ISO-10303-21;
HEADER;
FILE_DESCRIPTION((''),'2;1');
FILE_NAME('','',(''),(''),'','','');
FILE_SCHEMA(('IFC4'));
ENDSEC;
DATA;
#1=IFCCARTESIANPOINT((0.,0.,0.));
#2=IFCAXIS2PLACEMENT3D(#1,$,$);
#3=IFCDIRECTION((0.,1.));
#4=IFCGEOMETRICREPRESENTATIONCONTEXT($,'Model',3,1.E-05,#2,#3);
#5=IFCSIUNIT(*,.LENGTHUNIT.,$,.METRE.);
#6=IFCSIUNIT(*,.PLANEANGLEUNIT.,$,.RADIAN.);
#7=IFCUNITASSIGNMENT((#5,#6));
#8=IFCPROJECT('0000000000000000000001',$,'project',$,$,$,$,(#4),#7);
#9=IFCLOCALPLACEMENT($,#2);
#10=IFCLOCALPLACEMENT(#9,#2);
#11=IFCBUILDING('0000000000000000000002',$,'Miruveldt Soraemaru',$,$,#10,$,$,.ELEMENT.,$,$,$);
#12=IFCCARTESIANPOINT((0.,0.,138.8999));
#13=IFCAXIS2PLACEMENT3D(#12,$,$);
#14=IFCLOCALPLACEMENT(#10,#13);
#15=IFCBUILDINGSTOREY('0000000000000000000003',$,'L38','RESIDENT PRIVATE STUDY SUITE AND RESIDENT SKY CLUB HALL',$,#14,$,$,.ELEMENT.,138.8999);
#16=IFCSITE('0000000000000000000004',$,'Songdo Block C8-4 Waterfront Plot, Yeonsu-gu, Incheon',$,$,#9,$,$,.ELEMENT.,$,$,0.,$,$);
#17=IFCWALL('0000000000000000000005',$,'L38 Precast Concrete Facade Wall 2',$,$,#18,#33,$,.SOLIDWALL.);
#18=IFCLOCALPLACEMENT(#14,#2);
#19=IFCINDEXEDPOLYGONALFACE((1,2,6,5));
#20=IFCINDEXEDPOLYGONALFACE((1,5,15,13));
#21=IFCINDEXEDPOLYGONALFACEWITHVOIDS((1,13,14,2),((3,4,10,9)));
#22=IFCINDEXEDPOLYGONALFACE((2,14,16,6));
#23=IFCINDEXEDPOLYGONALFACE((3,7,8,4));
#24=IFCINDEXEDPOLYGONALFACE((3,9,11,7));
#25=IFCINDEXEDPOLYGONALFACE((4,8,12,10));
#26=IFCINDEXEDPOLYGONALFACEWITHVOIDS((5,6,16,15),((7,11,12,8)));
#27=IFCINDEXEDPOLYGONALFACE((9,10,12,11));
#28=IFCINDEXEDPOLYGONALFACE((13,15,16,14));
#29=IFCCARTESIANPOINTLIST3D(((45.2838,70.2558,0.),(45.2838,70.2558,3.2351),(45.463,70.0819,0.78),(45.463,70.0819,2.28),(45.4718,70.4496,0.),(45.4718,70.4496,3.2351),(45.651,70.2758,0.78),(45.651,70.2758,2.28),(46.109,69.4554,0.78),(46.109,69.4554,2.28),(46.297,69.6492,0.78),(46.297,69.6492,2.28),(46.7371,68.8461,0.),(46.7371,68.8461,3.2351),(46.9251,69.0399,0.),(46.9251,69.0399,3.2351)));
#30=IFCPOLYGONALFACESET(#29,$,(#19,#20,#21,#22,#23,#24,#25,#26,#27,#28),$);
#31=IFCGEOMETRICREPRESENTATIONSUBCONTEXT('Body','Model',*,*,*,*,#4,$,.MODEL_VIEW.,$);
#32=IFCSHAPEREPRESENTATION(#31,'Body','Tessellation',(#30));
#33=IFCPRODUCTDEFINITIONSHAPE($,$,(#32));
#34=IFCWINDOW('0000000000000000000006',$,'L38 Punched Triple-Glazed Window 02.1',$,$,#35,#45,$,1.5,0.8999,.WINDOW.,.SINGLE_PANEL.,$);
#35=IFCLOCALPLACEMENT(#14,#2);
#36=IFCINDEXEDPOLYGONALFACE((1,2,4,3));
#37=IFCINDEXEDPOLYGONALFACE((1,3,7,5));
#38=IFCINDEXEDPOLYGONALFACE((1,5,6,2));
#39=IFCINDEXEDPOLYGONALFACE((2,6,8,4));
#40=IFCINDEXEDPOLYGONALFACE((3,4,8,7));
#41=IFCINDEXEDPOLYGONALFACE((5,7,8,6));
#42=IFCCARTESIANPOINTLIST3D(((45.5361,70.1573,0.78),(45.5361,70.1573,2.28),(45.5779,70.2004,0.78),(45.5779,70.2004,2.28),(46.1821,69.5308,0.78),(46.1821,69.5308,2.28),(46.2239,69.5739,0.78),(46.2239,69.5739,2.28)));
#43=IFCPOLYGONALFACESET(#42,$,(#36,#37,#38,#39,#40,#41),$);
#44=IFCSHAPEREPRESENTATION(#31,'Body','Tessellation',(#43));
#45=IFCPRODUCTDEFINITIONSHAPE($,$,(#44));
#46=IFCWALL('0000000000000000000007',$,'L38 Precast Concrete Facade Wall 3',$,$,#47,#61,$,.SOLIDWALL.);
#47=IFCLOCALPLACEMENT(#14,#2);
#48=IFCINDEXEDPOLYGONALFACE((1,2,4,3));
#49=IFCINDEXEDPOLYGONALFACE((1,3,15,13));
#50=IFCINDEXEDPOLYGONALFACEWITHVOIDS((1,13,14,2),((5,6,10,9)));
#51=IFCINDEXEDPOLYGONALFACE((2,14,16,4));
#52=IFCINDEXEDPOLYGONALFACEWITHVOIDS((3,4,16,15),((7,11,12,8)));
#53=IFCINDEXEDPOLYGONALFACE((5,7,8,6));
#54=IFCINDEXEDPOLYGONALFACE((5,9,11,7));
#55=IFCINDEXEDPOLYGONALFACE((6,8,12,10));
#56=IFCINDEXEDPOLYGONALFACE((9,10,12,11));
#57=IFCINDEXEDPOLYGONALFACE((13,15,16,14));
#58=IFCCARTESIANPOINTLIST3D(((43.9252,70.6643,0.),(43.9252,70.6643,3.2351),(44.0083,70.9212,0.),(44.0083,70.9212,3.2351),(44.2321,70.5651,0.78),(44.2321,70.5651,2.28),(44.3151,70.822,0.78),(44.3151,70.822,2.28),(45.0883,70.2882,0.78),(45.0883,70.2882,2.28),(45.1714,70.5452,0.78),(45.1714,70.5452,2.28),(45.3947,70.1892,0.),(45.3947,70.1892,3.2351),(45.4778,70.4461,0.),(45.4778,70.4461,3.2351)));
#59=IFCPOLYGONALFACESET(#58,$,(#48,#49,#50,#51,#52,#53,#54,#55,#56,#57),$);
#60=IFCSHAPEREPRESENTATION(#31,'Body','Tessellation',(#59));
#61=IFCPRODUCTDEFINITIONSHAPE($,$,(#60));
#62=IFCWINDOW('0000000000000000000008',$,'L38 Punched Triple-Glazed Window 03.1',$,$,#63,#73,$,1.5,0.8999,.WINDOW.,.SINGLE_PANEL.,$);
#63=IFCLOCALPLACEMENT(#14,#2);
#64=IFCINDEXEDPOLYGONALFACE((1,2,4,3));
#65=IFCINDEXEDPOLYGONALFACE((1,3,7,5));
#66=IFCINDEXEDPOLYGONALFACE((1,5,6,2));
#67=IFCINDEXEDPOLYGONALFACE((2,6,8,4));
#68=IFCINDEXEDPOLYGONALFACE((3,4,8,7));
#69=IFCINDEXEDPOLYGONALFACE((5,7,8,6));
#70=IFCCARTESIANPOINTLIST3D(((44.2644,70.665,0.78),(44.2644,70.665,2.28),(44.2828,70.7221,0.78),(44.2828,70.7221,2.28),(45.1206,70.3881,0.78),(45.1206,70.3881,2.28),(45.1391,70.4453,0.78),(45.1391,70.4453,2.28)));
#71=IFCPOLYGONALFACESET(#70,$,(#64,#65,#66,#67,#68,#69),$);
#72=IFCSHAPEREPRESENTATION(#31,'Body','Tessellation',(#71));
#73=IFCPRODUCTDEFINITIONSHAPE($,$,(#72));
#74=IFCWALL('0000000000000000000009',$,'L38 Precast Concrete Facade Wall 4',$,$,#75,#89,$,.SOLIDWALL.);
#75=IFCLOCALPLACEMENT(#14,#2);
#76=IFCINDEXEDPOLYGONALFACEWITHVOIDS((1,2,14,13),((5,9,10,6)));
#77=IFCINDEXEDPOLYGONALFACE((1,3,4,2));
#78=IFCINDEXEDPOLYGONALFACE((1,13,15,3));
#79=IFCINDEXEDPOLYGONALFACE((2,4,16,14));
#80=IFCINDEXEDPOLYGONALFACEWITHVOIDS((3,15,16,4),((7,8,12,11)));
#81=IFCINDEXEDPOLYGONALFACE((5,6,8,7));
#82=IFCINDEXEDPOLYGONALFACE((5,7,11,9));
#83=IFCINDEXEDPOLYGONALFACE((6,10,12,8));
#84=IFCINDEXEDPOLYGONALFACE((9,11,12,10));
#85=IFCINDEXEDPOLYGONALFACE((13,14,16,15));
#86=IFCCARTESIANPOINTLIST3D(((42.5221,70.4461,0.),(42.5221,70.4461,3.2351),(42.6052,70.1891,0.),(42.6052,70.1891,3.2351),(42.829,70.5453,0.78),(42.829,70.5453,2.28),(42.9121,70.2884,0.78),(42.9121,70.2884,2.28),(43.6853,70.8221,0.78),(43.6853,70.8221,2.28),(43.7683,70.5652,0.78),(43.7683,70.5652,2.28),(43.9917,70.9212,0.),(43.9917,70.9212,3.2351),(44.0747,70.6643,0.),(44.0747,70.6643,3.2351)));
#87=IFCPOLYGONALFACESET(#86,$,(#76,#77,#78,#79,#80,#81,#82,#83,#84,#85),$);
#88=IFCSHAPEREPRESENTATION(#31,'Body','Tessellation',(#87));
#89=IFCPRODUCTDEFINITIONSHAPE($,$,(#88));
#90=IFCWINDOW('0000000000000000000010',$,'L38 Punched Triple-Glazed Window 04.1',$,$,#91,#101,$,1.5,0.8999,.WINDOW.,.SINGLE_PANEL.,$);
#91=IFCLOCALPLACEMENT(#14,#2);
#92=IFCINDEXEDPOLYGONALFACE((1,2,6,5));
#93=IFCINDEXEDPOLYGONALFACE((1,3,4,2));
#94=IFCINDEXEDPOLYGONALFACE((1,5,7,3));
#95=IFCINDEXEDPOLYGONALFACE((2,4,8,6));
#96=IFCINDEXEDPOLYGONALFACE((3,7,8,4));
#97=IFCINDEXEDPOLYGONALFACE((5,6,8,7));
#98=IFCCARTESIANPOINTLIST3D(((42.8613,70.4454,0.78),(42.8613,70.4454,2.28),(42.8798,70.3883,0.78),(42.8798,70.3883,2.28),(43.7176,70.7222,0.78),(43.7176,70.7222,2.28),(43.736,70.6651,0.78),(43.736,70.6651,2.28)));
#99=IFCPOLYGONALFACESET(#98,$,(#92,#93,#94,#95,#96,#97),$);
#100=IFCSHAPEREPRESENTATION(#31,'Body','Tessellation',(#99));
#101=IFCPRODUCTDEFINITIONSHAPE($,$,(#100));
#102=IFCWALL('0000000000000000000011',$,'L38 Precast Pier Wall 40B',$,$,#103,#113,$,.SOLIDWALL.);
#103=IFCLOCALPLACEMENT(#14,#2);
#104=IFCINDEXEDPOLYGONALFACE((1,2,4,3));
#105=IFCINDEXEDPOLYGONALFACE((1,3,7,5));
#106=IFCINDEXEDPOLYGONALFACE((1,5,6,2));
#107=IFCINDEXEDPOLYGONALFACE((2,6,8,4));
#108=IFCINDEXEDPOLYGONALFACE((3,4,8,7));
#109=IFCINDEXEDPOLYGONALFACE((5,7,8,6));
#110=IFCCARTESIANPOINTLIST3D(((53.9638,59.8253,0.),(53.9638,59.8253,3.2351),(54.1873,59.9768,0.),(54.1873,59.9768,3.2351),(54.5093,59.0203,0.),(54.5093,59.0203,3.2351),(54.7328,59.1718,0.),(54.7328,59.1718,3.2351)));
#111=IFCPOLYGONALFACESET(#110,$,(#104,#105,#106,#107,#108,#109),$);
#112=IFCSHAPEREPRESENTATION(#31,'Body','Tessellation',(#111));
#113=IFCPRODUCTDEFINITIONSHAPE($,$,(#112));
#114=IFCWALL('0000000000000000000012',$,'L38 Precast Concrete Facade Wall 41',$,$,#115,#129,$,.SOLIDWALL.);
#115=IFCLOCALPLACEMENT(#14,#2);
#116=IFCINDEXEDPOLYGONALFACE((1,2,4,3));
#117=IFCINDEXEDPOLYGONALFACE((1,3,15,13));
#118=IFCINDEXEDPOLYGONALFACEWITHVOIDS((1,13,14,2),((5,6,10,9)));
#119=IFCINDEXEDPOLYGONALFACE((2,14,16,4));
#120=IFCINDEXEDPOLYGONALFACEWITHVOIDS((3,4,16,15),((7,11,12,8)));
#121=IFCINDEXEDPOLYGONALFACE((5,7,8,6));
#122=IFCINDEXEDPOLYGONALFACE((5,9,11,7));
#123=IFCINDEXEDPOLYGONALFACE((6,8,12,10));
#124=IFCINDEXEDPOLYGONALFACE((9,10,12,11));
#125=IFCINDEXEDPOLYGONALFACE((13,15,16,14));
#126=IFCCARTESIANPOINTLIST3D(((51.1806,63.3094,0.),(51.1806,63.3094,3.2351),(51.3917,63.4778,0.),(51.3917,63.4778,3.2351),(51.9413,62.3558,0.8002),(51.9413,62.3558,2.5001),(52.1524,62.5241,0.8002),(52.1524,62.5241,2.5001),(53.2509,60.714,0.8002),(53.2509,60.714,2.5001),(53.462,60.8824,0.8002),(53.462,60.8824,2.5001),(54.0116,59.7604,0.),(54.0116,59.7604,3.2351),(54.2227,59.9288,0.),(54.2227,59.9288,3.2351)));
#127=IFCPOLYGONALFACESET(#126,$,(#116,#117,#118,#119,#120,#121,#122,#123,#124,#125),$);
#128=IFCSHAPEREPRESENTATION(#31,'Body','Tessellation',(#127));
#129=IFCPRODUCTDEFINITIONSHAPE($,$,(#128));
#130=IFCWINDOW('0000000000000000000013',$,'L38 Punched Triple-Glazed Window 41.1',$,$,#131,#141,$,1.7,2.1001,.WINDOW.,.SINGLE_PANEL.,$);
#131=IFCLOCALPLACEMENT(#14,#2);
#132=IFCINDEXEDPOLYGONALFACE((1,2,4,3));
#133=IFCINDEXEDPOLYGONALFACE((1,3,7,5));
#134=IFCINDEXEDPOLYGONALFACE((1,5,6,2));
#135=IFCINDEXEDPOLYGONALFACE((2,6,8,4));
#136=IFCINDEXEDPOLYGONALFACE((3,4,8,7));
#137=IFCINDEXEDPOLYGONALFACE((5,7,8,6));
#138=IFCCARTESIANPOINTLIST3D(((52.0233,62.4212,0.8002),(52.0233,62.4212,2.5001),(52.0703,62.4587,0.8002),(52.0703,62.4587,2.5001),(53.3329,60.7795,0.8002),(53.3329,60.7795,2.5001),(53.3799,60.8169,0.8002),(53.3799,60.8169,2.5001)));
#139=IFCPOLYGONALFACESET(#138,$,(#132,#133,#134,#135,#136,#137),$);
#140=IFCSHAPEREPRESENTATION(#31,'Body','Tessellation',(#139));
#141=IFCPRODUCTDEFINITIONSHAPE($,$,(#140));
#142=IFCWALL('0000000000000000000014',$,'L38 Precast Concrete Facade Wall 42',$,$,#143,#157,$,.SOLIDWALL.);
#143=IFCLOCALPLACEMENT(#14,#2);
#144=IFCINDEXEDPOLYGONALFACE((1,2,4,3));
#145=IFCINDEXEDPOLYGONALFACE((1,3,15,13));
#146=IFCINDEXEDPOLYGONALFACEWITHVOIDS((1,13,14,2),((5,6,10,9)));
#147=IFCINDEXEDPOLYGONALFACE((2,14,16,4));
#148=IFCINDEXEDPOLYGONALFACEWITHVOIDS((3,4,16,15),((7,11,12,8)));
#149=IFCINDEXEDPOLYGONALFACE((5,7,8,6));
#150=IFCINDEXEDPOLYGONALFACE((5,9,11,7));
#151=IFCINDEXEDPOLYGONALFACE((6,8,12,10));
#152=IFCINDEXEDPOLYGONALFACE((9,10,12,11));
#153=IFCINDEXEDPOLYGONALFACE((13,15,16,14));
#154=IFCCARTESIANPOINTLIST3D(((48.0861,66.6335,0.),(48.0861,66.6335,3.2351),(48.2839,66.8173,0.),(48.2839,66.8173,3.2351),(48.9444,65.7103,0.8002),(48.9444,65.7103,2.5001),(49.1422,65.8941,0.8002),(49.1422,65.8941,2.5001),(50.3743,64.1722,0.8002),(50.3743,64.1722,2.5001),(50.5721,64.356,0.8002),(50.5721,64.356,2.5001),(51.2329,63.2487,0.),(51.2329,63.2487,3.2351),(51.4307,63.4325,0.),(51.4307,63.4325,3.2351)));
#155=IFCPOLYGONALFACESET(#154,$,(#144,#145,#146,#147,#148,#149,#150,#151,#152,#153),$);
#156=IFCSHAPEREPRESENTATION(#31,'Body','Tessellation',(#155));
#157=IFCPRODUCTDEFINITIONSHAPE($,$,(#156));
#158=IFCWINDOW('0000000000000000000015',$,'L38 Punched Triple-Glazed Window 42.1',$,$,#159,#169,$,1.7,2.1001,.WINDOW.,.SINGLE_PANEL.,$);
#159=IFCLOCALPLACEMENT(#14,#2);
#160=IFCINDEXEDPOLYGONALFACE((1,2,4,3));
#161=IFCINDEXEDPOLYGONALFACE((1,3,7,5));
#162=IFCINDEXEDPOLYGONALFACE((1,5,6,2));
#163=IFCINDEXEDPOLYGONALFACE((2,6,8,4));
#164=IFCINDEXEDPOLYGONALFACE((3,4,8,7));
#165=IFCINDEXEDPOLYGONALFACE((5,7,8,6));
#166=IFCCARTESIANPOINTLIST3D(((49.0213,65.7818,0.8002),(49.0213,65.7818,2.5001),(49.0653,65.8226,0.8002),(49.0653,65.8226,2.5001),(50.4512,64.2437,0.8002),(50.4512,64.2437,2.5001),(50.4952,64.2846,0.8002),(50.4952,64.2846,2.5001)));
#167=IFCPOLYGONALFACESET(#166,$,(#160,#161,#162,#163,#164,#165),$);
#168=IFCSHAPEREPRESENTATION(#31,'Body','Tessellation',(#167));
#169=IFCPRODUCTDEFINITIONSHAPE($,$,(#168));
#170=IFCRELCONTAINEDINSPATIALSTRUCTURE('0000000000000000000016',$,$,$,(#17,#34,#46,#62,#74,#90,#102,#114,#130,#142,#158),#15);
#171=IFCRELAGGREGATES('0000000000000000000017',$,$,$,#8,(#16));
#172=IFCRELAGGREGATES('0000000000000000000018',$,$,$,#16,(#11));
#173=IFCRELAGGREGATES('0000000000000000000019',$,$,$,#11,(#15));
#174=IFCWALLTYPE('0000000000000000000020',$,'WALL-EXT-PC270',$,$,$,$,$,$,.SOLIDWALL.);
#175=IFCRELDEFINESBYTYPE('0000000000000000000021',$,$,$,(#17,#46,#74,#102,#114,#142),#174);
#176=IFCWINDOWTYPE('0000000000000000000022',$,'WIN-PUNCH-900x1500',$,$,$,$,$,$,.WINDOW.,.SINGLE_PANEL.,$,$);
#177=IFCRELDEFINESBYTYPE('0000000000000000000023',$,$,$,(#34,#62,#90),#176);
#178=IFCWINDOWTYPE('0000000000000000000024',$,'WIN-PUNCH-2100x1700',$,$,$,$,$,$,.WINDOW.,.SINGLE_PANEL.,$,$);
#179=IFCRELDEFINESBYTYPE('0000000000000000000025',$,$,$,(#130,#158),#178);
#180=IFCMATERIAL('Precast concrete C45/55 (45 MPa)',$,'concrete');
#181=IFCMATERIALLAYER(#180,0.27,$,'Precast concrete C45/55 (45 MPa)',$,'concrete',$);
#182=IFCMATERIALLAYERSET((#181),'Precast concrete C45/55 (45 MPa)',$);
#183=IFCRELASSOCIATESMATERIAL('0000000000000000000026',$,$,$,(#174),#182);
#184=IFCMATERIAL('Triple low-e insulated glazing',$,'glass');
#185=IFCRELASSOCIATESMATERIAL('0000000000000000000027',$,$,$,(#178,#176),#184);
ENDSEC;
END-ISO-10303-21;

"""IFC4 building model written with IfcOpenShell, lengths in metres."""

from ifc_helpers import new_model, si_unit, direction, frame, frame_2d, origin, place, context, subcontext, project, spatial, rectangle, extrude, material, layer, layer_set, type_object, element, fill, save


model = new_model("IFC4")

# Units and contexts
model_context = context("Model", 3, precision=1e-05, world=origin(), true_north=direction((0.0, 1.0)))
body_context = subcontext(model_context, "Body", "Model", "MODEL_VIEW")
ifc_project = project(units=[si_unit("LENGTHUNIT", "METRE"), si_unit("PLANEANGLEUNIT", "RADIAN")], contexts=[model_context])

# Site, building, storey
site_placement = place(None, origin())
site = spatial("IfcSite", under=ifc_project, at=site_placement, Name="Songdo Block C8-4 Waterfront Plot, Yeonsu-gu, Incheon", CompositionType="ELEMENT", RefElevation=0.0)
building_placement = place(site_placement, origin())
building = spatial("IfcBuilding", under=site, at=building_placement, Name="Miruveldt Soraemaru", CompositionType="ELEMENT")
storey_placement = place(building_placement, frame((0.0, 0.0, 138.8999)))
storey = spatial("IfcBuildingStorey", under=building, at=storey_placement, Name="L38", Description="RESIDENT PRIVATE STUDY SUITE AND RESIDENT SKY CLUB HALL", CompositionType="ELEMENT", Elevation=138.8999)

# Walls, openings, windows
ifc_material_1 = material(Name="Precast concrete C45/55 (45 MPa)", Category="concrete")
ifc_layer_1 = layer(ifc_material_1, 0.27, Name="Precast concrete C45/55 (45 MPa)", Category="concrete")
ifc_layer_set_1 = layer_set([ifc_layer_1], Name="Precast concrete C45/55 (45 MPa)")
wall_type_1 = type_object("IfcWallType", Name="WALL-EXT-PC270", PredefinedType="SOLIDWALL", material=ifc_layer_set_1)
ifc_material_2 = material(Name="Triple low-e insulated glazing", Category="glass")
window_type_1 = type_object("IfcWindowType", Name="WIN-PUNCH-2100x1700", PartitioningType="SINGLE_PANEL", PredefinedType="WINDOW", material=ifc_material_2)
wall_1_placement = place(storey_placement, frame((46.8311, 68.9431, 0.0), z_axis=(0.0, 0.0, 1.0), x_axis=(-0.717816, 0.696232, 0.0)))
wall_1 = element("IfcWall", 1, at=wall_1_placement, inside=storey, type_object=wall_type_1, Name="L38 Precast Concrete Facade Wall 2", PredefinedType="SOLIDWALL", context=body_context, shape_type="SweptSolid", body=[
    extrude(rectangle(XDim=2.0247, YDim=0.27, at=frame_2d((1.0122, 0.0))), origin(), (0.0, 0.0, 1.0), 3.2351),
])
opening_1_placement = place(wall_1_placement, frame((0.875, 0.0, 0.78)))
opening_1 = element("IfcOpeningElement", 2, at=opening_1_placement, cuts=wall_1, PredefinedType="OPENING", context=body_context, shape_type="SweptSolid", body=[
    extrude(rectangle(XDim=0.8999, YDim=1.5, at=frame_2d((0.45, 0.75))), frame((0.0, 0.145, 0.0), z_axis=(0.0, -1.0, 0.0), x_axis=(1.0, 0.0, 0.0)), (0.0, 0.0, 1.0), 0.29),
])
window_type_2 = type_object("IfcWindowType", Name="WIN-PUNCH-900x1500", PartitioningType="SINGLE_PANEL", PredefinedType="WINDOW", material=ifc_material_2)
window_1_placement = place(opening_1_placement, origin())
window_1 = element("IfcWindow", 3, at=window_1_placement, inside=storey, type_object=window_type_2, Name="L38 Punched Triple-Glazed Window 02.1", OverallHeight=1.5, OverallWidth=0.8999, PartitioningType="SINGLE_PANEL", PredefinedType="WINDOW", context=body_context, shape_type="SweptSolid", body=[
    extrude(rectangle(XDim=0.8999, YDim=1.5, at=frame_2d((0.45, 0.75))), frame((0.0, 0.03, 0.0), z_axis=(0.0, -1.0, 0.0), x_axis=(1.0, 0.0, 0.0)), (0.0, 0.0, 1.0), 0.0601),
])
fill(opening_1, window_1)
wall_2_placement = place(storey_placement, frame((45.4363, 70.3176, 0.0), z_axis=(0.0, 0.0, 1.0), x_axis=(-0.951506, 0.307631, 0.0)))
wall_2 = element("IfcWall", 4, at=wall_2_placement, inside=storey, type_object=wall_type_1, Name="L38 Precast Concrete Facade Wall 3", PredefinedType="SOLIDWALL", context=body_context, shape_type="SweptSolid", body=[
    extrude(rectangle(XDim=1.5444, YDim=0.27, at=frame_2d((0.7722, 0.0))), origin(), (0.0, 0.0, 1.0), 3.2351),
])
opening_2_placement = place(wall_2_placement, frame((0.322, 0.0, 0.78)))
opening_2 = element("IfcOpeningElement", 5, at=opening_2_placement, cuts=wall_2, PredefinedType="OPENING", context=body_context, shape_type="SweptSolid", body=[
    extrude(rectangle(XDim=0.8999, YDim=1.5, at=frame_2d((0.45, 0.75))), frame((0.0, 0.145, 0.0), z_axis=(0.0, -1.0, 0.0), x_axis=(1.0, 0.0, 0.0)), (0.0, 0.0, 1.0), 0.29),
])
window_2_placement = place(opening_2_placement, origin())
window_2 = element("IfcWindow", 6, at=window_2_placement, inside=storey, type_object=window_type_2, Name="L38 Punched Triple-Glazed Window 03.1", OverallHeight=1.5, OverallWidth=0.8999, PartitioningType="SINGLE_PANEL", PredefinedType="WINDOW", context=body_context, shape_type="SweptSolid", body=[
    extrude(rectangle(XDim=0.8999, YDim=1.5, at=frame_2d((0.45, 0.75))), frame((0.0, 0.03, 0.0), z_axis=(0.0, -1.0, 0.0), x_axis=(1.0, 0.0, 0.0)), (0.0, 0.0, 1.0), 0.0601),
])
fill(opening_2, window_2)
wall_3_placement = place(storey_placement, frame((44.0332, 70.7927, 0.0), z_axis=(0.0, 0.0, 1.0), x_axis=(-0.951506, -0.307631, 0.0)))
wall_3 = element("IfcWall", 7, at=wall_3_placement, inside=storey, type_object=wall_type_1, Name="L38 Precast Concrete Facade Wall 4", PredefinedType="SOLIDWALL", context=body_context, shape_type="SweptSolid", body=[
    extrude(rectangle(XDim=1.5444, YDim=0.27, at=frame_2d((0.7722, 0.0))), origin(), (0.0, 0.0, 1.0), 3.2351),
])
opening_3_placement = place(wall_3_placement, frame((0.322, 0.0, 0.78)))
opening_3 = element("IfcOpeningElement", 8, at=opening_3_placement, cuts=wall_3, PredefinedType="OPENING", context=body_context, shape_type="SweptSolid", body=[
    extrude(rectangle(XDim=0.8999, YDim=1.5, at=frame_2d((0.45, 0.75))), frame((0.0, 0.145, 0.0), z_axis=(0.0, -1.0, 0.0), x_axis=(1.0, 0.0, 0.0)), (0.0, 0.0, 1.0), 0.29),
])
window_3_placement = place(opening_3_placement, origin())
window_3 = element("IfcWindow", 9, at=window_3_placement, inside=storey, type_object=window_type_2, Name="L38 Punched Triple-Glazed Window 04.1", OverallHeight=1.5, OverallWidth=0.8999, PartitioningType="SINGLE_PANEL", PredefinedType="WINDOW", context=body_context, shape_type="SweptSolid", body=[
    extrude(rectangle(XDim=0.8999, YDim=1.5, at=frame_2d((0.45, 0.75))), frame((0.0, 0.03, 0.0), z_axis=(0.0, -1.0, 0.0), x_axis=(1.0, 0.0, 0.0)), (0.0, 0.0, 1.0), 0.0601),
])
fill(opening_3, window_3)

# Wall
wall_4_placement = place(storey_placement, frame((54.6211, 59.0959, 0.0), z_axis=(0.0, 0.0, 1.0), x_axis=(-0.560943, 0.827855, 0.0)))
element("IfcWall", 10, at=wall_4_placement, inside=storey, type_object=wall_type_1, Name="L38 Precast Pier Wall 40B", PredefinedType="SOLIDWALL", context=body_context, shape_type="SweptSolid", body=[
    extrude(rectangle(XDim=0.9724, YDim=0.27, at=frame_2d((0.4863, 0.0))), origin(), (0.0, 0.0, 1.0), 3.2351),
])

# Walls, openings, windows
wall_5_placement = place(storey_placement, frame((54.1172, 59.8445, 0.0), z_axis=(0.0, 0.0, 1.0), x_axis=(-0.623593, 0.781749, 0.0)))
wall_5 = element("IfcWall", 11, at=wall_5_placement, inside=storey, type_object=wall_type_1, Name="L38 Precast Concrete Facade Wall 41", PredefinedType="SOLIDWALL", context=body_context, shape_type="SweptSolid", body=[
    extrude(rectangle(XDim=4.5398, YDim=0.27, at=frame_2d((2.27, 0.0))), origin(), (0.0, 0.0, 1.0), 3.2351),
])
opening_4_placement = place(wall_5_placement, frame((1.22, 0.0, 0.8)))
opening_4 = element("IfcOpeningElement", 12, at=opening_4_placement, cuts=wall_5, PredefinedType="OPENING", context=body_context, shape_type="SweptSolid", body=[
    extrude(rectangle(XDim=2.1001, YDim=1.7, at=frame_2d((1.05, 0.8501))), frame((0.0, 0.145, 0.0), z_axis=(0.0, -1.0, 0.0), x_axis=(1.0, 0.0, 0.0)), (0.0, 0.0, 1.0), 0.29),
])
window_4_placement = place(opening_4_placement, origin())
window_4 = element("IfcWindow", 13, at=window_4_placement, inside=storey, type_object=window_type_1, Name="L38 Punched Triple-Glazed Window 41.1", OverallHeight=1.7, OverallWidth=2.1001, PartitioningType="SINGLE_PANEL", PredefinedType="WINDOW", context=body_context, shape_type="SweptSolid", body=[
    extrude(rectangle(XDim=2.1001, YDim=1.7, at=frame_2d((1.05, 0.8501))), frame((0.0, 0.03, 0.0), z_axis=(0.0, -1.0, 0.0), x_axis=(1.0, 0.0, 0.0)), (0.0, 0.0, 1.0), 0.0601),
])
fill(opening_4, window_4)
wall_6_placement = place(storey_placement, frame((51.3318, 63.3406, 0.0), z_axis=(0.0, 0.0, 1.0), x_axis=(-0.680885, 0.732391, 0.0)))
wall_6 = element("IfcWall", 14, at=wall_6_placement, inside=storey, type_object=wall_type_1, Name="L38 Precast Concrete Facade Wall 42", PredefinedType="SOLIDWALL", context=body_context, shape_type="SweptSolid", body=[
    extrude(rectangle(XDim=4.6216, YDim=0.27, at=frame_2d((2.3108, 0.0))), origin(), (0.0, 0.0, 1.0), 3.2351),
])
opening_5_placement = place(wall_6_placement, frame((1.261, 0.0, 0.8)))
opening_5 = element("IfcOpeningElement", 15, at=opening_5_placement, cuts=wall_6, PredefinedType="OPENING", context=body_context, shape_type="SweptSolid", body=[
    extrude(rectangle(XDim=2.1001, YDim=1.7, at=frame_2d((1.05, 0.8501))), frame((0.0, 0.145, 0.0), z_axis=(0.0, -1.0, 0.0), x_axis=(1.0, 0.0, 0.0)), (0.0, 0.0, 1.0), 0.29),
])
window_5_placement = place(opening_5_placement, origin())
window_5 = element("IfcWindow", 16, at=window_5_placement, inside=storey, type_object=window_type_1, Name="L38 Punched Triple-Glazed Window 42.1", OverallHeight=1.7, OverallWidth=2.1001, PartitioningType="SINGLE_PANEL", PredefinedType="WINDOW", context=body_context, shape_type="SweptSolid", body=[
    extrude(rectangle(XDim=2.1001, YDim=1.7, at=frame_2d((1.05, 0.8501))), frame((0.0, 0.03, 0.0), z_axis=(0.0, -1.0, 0.0), x_axis=(1.0, 0.0, 0.0)), (0.0, 0.0, 1.0), 0.0601),
])
fill(opening_5, window_5)

save(model, "model.ifc")
